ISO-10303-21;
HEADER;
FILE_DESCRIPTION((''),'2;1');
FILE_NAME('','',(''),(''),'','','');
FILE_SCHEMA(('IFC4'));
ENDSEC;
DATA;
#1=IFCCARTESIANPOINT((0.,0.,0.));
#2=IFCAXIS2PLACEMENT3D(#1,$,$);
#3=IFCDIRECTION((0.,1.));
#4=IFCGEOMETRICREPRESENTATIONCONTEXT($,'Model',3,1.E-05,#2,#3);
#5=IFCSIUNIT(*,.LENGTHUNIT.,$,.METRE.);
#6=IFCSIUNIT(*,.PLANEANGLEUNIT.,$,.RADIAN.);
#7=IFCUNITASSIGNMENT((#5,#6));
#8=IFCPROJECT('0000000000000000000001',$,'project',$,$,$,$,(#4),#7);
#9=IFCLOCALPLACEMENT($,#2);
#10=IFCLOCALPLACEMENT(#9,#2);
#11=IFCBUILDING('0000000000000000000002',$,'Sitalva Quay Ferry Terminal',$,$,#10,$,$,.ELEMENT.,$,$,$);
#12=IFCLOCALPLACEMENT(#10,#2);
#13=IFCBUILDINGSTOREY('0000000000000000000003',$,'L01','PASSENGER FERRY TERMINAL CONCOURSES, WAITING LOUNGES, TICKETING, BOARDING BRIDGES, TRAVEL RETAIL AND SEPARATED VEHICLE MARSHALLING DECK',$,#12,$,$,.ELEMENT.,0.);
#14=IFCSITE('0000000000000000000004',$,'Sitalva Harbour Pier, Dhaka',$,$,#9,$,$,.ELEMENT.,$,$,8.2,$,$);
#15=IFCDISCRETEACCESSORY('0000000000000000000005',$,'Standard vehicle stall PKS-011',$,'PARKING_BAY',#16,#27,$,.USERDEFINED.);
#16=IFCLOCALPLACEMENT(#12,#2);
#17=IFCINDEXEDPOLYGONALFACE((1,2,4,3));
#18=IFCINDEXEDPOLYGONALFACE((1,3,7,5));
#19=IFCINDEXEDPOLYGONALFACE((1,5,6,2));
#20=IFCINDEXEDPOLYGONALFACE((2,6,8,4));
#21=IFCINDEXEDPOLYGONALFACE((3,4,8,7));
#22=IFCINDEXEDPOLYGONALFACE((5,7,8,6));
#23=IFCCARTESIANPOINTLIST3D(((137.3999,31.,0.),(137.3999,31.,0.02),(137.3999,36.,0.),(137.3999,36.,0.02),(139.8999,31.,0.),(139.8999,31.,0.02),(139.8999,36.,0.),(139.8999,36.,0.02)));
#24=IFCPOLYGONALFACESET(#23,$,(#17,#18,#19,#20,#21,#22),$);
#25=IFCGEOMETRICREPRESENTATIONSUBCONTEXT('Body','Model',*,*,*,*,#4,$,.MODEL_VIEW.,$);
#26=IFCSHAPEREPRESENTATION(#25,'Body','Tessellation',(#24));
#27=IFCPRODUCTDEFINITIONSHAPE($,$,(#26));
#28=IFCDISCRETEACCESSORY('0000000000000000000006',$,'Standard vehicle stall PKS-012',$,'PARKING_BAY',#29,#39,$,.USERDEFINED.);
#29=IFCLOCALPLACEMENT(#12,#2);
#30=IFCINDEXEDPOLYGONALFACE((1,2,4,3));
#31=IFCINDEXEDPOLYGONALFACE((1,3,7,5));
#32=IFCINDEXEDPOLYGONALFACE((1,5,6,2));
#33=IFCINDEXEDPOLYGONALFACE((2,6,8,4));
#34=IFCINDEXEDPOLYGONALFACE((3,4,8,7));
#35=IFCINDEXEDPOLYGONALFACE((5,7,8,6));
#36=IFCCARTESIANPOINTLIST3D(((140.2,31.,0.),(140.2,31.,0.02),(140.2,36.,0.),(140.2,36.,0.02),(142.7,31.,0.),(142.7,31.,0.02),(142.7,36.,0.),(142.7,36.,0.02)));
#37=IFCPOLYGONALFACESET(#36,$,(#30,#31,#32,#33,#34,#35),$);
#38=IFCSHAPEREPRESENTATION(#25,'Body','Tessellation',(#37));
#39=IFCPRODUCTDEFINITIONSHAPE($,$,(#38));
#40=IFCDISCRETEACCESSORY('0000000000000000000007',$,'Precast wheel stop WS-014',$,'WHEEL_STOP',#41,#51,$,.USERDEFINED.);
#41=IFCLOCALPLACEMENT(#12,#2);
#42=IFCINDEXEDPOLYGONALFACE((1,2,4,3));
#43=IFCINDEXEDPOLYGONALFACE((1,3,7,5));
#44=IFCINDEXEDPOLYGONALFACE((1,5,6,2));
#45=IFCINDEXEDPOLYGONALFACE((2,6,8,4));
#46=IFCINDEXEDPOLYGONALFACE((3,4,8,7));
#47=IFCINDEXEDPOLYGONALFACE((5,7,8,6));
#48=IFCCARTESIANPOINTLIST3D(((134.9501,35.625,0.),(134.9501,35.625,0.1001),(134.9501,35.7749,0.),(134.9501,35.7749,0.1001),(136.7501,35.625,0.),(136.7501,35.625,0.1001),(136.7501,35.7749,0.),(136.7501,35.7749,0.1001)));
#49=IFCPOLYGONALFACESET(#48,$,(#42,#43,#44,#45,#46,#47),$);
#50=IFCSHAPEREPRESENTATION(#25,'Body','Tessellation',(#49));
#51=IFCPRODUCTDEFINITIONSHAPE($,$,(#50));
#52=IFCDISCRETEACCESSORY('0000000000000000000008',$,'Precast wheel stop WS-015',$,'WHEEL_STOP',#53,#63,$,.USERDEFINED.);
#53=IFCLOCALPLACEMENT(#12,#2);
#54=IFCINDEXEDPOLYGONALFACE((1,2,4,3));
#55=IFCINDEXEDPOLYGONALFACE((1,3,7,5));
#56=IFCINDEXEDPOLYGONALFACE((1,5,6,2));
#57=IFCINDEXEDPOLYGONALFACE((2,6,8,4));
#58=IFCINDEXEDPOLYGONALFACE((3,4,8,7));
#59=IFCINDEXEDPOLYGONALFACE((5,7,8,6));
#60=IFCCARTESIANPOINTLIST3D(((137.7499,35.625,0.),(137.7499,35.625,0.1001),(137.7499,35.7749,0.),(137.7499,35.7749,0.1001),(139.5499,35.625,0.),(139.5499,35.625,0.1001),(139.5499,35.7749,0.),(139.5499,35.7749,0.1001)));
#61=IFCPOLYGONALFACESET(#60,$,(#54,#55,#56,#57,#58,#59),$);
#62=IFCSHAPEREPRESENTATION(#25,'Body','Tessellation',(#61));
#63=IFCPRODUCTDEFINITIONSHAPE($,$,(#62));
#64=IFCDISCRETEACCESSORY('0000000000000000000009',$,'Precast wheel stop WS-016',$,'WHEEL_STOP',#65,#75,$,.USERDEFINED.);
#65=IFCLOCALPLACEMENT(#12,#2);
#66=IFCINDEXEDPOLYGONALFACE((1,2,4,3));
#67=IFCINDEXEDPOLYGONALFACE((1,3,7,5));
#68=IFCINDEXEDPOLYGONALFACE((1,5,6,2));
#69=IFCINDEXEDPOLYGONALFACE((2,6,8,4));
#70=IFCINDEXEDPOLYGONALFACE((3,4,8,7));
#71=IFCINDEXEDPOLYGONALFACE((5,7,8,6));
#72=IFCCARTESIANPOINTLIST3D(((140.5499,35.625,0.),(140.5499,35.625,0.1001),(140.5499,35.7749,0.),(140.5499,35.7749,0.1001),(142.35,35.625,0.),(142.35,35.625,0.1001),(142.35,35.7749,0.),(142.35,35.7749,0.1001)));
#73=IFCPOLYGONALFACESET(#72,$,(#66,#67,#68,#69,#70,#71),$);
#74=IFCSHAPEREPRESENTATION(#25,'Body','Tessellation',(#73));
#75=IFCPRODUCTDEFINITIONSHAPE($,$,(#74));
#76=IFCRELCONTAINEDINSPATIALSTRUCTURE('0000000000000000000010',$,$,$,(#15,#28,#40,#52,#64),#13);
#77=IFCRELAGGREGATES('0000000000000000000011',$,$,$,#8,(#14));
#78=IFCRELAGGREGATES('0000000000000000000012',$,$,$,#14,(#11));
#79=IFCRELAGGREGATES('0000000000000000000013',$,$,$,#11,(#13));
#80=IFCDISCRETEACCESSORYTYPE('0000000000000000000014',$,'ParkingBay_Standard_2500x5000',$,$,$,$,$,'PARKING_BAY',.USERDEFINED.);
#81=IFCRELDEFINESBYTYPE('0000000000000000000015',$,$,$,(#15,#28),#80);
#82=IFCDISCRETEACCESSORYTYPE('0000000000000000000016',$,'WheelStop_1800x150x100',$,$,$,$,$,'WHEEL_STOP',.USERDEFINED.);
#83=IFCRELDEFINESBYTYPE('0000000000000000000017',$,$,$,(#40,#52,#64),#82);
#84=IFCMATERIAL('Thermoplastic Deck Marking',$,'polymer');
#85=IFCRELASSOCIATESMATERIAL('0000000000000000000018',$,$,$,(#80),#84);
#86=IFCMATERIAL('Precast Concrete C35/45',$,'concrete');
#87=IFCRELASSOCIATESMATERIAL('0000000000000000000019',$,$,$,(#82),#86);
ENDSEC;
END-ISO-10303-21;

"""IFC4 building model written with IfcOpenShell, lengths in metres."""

from ifc_helpers import new_model, si_unit, direction, frame, origin, origin_2d, place, context, subcontext, project, spatial, rectangle, extrude, material, type_object, element, save


model = new_model("IFC4")

# Units and contexts
model_context = context("Model", 3, precision=1e-05, world=origin(), true_north=direction((0.0, 1.0)))
body_context = subcontext(model_context, "Body", "Model", "MODEL_VIEW")
ifc_project = project(units=[si_unit("LENGTHUNIT", "METRE"), si_unit("PLANEANGLEUNIT", "RADIAN")], contexts=[model_context])

# Site, building, storey
site_placement = place(None, origin())
site = spatial("IfcSite", under=ifc_project, at=site_placement, Name="Sitalva Harbour Pier, Dhaka", CompositionType="ELEMENT", RefElevation=8.2)
building_placement = place(site_placement, origin())
building = spatial("IfcBuilding", under=site, at=building_placement, Name="Sitalva Quay Ferry Terminal", CompositionType="ELEMENT")
storey_placement = place(building_placement, origin())
storey = spatial("IfcBuildingStorey", under=building, at=storey_placement, Name="L01", Description="PASSENGER FERRY TERMINAL CONCOURSES, WAITING LOUNGES, TICKETING, BOARDING BRIDGES, TRAVEL RETAIL AND SEPARATED VEHICLE MARSHALLING DECK", CompositionType="ELEMENT", Elevation=0.0)

# Discrete accessories
ifc_material_1 = material(Name="Thermoplastic Deck Marking", Category="polymer")
discrete_accessory_type_1 = type_object("IfcDiscreteAccessoryType", Name="ParkingBay_Standard_2500x5000", ElementType="PARKING_BAY", PredefinedType="USERDEFINED", material=ifc_material_1)
for number, where, z_axis, x_axis, name in (
    (1, (138.6499, 33.5, 0.0), (0.0, 0.0, 1.0), (1.0, 0.0, 0.0), "Standard vehicle stall PKS-011"),
    (2, (141.45, 33.5, 0.0), (0.0, 0.0, 1.0), (1.0, 0.0, 0.0), "Standard vehicle stall PKS-012"),
):
    element("IfcDiscreteAccessory", number, at=place(storey_placement, frame(where, z_axis=z_axis, x_axis=x_axis)), inside=storey, type_object=discrete_accessory_type_1, Name=name, ObjectType="PARKING_BAY", PredefinedType="USERDEFINED", context=body_context, shape_type="SweptSolid", body=[
        extrude(rectangle(XDim=2.5, YDim=5.0, at=origin_2d()), origin(), (0.0, 0.0, 1.0), 0.02),
    ])
ifc_material_2 = material(Name="Precast Concrete C35/45", Category="concrete")
discrete_accessory_type_2 = type_object("IfcDiscreteAccessoryType", Name="WheelStop_1800x150x100", ElementType="WHEEL_STOP", PredefinedType="USERDEFINED", material=ifc_material_2)
for number, where, z_axis, x_axis, name in (
    (3, (135.8501, 35.7, 0.0), (0.0, 0.0, 1.0), (1.0, 0.0, 0.0), "Precast wheel stop WS-014"),
    (4, (138.6499, 35.7, 0.0), (0.0, 0.0, 1.0), (1.0, 0.0, 0.0), "Precast wheel stop WS-015"),
    (5, (141.45, 35.7, 0.0), (0.0, 0.0, 1.0), (1.0, 0.0, 0.0), "Precast wheel stop WS-016"),
):
    element("IfcDiscreteAccessory", number, at=place(storey_placement, frame(where, z_axis=z_axis, x_axis=x_axis)), inside=storey, type_object=discrete_accessory_type_2, Name=name, ObjectType="WHEEL_STOP", PredefinedType="USERDEFINED", context=body_context, shape_type="SweptSolid", body=[
        extrude(rectangle(XDim=1.8, YDim=0.1499, at=origin_2d()), origin(), (0.0, 0.0, 1.0), 0.1001),
    ])

save(model, "model.ifc")
